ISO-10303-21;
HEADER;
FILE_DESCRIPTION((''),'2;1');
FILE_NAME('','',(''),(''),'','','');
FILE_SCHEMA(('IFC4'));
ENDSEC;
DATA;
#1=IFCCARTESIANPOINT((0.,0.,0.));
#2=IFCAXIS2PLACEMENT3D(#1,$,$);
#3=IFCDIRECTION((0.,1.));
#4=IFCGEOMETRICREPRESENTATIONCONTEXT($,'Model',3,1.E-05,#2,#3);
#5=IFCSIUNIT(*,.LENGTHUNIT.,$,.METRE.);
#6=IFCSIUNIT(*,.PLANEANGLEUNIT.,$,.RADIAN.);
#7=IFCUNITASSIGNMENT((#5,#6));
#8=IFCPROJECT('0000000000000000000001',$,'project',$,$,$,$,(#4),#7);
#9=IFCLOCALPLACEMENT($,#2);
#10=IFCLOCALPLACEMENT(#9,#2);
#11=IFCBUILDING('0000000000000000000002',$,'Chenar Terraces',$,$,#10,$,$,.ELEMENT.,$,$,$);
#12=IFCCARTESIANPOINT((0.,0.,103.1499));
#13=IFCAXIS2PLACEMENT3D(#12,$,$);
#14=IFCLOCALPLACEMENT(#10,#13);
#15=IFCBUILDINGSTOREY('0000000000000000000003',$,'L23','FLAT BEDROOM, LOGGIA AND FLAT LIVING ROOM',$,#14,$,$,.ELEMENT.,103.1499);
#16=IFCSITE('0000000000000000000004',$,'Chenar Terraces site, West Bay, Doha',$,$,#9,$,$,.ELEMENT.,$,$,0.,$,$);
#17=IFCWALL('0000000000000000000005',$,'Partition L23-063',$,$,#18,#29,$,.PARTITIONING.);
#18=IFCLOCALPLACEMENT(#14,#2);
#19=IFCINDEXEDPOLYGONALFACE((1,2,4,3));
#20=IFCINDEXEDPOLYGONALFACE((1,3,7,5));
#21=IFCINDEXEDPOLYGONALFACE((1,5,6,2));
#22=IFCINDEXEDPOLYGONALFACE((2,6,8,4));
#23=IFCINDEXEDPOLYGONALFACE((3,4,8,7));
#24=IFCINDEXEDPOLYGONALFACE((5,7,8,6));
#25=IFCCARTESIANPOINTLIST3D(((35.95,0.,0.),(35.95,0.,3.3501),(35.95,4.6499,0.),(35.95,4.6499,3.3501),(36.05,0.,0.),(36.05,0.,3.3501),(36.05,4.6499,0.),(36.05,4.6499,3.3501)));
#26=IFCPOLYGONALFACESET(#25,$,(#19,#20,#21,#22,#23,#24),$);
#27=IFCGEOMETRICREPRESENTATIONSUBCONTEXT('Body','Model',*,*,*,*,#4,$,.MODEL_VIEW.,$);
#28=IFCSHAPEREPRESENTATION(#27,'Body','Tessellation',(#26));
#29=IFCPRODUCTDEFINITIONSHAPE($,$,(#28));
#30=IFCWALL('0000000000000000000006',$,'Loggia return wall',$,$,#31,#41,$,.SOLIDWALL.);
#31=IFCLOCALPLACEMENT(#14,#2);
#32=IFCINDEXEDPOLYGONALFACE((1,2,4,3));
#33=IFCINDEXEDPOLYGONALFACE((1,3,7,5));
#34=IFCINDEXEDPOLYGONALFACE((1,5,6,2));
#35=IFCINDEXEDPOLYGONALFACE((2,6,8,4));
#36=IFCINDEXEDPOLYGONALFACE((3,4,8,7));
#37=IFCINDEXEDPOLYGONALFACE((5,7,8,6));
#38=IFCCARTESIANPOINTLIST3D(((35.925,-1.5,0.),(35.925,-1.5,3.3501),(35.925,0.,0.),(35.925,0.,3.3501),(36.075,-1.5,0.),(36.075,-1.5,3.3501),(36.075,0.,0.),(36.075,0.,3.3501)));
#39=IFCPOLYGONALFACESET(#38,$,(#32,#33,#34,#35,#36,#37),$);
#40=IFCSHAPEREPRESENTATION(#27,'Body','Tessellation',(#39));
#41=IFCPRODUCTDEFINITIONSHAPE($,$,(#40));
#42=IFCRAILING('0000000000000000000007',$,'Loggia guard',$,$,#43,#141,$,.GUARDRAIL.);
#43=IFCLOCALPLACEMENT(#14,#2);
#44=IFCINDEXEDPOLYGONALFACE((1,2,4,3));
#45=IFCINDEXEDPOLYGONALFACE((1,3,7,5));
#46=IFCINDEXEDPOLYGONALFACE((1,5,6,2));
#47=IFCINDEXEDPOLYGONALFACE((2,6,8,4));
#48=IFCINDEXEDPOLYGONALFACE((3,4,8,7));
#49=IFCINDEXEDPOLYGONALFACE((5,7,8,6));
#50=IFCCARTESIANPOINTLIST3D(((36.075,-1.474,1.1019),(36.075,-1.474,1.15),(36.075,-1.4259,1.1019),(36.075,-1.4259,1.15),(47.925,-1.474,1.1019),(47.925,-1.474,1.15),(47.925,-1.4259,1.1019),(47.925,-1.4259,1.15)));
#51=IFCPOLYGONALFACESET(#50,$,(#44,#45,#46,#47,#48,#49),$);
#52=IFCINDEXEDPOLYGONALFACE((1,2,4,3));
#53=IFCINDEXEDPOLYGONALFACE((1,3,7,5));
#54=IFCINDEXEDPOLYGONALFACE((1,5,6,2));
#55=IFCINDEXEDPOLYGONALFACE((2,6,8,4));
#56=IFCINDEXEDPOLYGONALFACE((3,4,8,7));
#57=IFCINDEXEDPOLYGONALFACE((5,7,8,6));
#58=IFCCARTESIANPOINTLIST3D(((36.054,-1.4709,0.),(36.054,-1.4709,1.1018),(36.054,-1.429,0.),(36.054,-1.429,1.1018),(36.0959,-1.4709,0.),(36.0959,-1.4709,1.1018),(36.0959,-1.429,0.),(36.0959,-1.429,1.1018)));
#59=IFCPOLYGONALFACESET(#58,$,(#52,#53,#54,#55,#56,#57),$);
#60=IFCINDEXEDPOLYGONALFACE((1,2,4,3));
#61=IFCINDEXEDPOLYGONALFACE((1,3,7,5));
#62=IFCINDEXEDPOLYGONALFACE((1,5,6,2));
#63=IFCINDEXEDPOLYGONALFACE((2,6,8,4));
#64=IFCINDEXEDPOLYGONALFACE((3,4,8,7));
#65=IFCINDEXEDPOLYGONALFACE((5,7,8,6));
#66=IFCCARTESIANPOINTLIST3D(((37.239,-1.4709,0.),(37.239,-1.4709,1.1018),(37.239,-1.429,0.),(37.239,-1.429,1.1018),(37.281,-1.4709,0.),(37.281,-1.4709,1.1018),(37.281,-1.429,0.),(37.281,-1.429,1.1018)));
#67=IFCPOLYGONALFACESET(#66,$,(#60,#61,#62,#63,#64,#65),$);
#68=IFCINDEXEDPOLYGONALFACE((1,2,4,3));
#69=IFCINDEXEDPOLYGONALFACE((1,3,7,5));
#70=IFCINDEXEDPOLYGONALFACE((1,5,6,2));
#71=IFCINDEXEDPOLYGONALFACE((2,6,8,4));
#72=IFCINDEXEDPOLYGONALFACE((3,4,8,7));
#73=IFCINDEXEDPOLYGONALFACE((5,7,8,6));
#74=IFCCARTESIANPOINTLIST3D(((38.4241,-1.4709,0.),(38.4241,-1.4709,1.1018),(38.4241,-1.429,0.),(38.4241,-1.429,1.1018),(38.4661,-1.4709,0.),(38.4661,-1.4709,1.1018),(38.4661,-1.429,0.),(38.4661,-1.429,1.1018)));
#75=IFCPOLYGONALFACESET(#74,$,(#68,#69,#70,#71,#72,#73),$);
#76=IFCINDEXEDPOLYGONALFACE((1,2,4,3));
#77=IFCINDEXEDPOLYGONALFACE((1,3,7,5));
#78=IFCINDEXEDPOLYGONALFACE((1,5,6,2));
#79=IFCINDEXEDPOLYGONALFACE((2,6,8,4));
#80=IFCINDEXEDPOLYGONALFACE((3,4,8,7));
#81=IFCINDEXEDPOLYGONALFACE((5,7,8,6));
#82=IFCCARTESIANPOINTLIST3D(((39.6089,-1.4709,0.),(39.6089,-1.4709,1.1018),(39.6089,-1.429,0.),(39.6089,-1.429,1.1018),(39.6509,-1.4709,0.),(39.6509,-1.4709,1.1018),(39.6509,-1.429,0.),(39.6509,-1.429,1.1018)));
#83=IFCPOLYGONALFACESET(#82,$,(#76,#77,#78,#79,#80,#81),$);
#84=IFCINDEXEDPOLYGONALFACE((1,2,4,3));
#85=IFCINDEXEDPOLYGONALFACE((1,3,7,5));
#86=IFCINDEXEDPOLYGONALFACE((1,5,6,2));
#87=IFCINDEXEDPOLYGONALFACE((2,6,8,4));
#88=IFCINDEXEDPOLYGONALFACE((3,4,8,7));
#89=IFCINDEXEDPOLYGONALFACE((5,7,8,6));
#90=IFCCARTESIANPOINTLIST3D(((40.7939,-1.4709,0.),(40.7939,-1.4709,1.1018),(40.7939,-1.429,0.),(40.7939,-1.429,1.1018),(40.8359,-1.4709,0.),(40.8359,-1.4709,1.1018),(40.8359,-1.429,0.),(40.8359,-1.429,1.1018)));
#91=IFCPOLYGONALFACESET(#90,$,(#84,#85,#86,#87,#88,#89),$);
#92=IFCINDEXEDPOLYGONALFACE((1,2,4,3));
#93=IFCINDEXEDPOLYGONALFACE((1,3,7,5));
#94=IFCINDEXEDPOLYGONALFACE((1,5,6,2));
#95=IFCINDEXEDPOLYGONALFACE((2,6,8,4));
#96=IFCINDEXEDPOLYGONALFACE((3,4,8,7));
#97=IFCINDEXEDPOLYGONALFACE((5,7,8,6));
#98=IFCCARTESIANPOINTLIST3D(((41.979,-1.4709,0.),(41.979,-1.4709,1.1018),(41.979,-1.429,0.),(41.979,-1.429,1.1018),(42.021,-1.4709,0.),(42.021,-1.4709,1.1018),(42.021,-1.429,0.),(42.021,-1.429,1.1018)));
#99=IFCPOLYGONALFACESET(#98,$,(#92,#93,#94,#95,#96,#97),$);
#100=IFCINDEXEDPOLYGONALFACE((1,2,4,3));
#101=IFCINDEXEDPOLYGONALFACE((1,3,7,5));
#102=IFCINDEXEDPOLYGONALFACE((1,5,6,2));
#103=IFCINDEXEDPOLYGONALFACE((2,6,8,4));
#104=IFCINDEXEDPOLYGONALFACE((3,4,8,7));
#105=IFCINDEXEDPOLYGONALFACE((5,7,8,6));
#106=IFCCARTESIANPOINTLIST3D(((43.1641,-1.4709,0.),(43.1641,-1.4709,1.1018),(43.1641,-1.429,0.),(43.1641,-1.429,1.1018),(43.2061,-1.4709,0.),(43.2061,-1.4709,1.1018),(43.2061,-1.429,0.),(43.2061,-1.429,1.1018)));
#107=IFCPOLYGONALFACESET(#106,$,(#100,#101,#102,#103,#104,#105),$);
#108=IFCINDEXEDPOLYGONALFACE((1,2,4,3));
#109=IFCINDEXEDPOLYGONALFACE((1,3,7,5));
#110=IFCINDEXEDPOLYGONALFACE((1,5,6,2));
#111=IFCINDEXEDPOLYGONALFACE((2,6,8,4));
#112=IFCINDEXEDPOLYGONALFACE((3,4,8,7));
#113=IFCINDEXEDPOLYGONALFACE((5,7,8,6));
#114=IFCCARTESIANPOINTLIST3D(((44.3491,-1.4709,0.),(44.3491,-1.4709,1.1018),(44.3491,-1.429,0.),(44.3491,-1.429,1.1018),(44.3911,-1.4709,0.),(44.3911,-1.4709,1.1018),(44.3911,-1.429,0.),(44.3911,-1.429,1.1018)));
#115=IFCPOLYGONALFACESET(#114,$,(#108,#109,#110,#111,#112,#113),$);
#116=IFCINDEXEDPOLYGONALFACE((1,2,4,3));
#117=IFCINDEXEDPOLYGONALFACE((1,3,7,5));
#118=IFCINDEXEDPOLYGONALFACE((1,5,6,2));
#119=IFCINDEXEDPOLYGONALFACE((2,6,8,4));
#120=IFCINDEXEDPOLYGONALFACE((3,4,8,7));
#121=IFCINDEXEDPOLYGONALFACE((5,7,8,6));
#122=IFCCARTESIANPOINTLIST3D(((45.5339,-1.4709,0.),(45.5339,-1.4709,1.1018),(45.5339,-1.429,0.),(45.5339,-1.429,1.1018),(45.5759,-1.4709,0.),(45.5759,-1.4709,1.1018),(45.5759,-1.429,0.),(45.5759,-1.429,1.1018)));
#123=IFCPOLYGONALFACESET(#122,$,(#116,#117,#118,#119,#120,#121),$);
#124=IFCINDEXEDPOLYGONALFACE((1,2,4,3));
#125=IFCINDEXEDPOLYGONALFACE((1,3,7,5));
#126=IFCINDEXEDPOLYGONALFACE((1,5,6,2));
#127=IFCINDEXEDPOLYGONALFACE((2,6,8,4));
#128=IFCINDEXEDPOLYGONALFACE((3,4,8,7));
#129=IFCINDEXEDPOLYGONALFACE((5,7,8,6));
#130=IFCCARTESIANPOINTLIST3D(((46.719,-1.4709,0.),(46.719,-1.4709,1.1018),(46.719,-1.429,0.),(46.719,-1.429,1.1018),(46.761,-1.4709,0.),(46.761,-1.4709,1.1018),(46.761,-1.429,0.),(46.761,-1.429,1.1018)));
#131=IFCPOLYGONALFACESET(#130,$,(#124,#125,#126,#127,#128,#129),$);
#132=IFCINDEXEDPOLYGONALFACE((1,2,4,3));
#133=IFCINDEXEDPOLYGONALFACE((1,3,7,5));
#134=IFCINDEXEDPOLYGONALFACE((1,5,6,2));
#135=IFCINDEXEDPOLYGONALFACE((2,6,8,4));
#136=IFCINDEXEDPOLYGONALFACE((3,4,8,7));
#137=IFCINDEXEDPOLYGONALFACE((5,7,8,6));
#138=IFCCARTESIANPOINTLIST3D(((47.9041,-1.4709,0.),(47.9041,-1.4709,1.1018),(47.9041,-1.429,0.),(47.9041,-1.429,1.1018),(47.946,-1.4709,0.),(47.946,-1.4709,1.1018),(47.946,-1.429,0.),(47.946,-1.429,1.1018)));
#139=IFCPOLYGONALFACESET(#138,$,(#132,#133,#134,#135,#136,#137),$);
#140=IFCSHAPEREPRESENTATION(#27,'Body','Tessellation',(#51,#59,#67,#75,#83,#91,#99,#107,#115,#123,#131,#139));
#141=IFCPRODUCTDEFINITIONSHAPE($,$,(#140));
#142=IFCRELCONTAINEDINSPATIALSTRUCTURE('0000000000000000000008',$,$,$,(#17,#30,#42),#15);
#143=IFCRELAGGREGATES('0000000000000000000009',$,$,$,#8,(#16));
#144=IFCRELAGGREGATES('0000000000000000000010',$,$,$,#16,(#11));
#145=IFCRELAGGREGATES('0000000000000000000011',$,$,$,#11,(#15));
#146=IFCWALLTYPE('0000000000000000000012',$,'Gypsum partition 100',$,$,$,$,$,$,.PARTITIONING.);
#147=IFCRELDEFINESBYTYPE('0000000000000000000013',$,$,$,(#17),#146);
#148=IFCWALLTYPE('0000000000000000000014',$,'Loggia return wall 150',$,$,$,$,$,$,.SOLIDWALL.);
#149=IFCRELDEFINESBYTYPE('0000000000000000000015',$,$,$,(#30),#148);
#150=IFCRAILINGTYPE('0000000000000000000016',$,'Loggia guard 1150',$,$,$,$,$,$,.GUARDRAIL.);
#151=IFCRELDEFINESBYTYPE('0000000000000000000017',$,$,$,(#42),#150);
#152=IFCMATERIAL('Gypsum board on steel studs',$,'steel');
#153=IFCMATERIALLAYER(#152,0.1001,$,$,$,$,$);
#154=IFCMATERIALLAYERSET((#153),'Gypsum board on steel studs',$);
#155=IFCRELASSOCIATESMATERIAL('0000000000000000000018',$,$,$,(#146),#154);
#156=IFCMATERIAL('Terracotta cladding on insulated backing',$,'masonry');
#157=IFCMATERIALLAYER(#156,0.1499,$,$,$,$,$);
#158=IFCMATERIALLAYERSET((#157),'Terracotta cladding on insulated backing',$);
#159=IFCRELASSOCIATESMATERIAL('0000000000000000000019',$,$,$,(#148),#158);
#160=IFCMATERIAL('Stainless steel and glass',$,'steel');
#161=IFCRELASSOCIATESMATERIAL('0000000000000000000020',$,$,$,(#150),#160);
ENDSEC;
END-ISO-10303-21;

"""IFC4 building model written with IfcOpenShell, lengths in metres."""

from ifc_helpers import new_model, si_unit, direction, frame, frame_2d, origin, origin_2d, place, context, subcontext, project, spatial, rectangle, extrude, material, layer, layer_set, type_object, element, save


model = new_model("IFC4")

# Units and contexts
model_context = context("Model", 3, precision=1e-05, world=origin(), true_north=direction((0.0, 1.0)))
body_context = subcontext(model_context, "Body", "Model", "MODEL_VIEW")
ifc_project = project(units=[si_unit("LENGTHUNIT", "METRE"), si_unit("PLANEANGLEUNIT", "RADIAN")], contexts=[model_context])

# Site, building, storey
site_placement = place(None, origin())
site = spatial("IfcSite", under=ifc_project, at=site_placement, Name="Chenar Terraces site, West Bay, Doha", CompositionType="ELEMENT", RefElevation=0.0)
building_placement = place(site_placement, origin())
building = spatial("IfcBuilding", under=site, at=building_placement, Name="Chenar Terraces", CompositionType="ELEMENT")
storey_placement = place(building_placement, frame((0.0, 0.0, 103.1499)))
storey = spatial("IfcBuildingStorey", under=building, at=storey_placement, Name="L23", Description="FLAT BEDROOM, LOGGIA AND FLAT LIVING ROOM", CompositionType="ELEMENT", Elevation=103.1499)

# Shared definitions
ifc_material_1 = material(Name="Gypsum board on steel studs", Category="steel")
ifc_layer_1 = layer(ifc_material_1, 0.1001)
ifc_layer_set_1 = layer_set([ifc_layer_1], Name="Gypsum board on steel studs")
wall_type_1 = type_object("IfcWallType", Name="Gypsum partition 100", PredefinedType="PARTITIONING", material=ifc_layer_set_1)

# Walls
wall_1_placement = place(storey_placement, frame((36.0, 0.0, 0.0), z_axis=(0.0, 0.0, 1.0), x_axis=(0.0, 1.0, 0.0)))
element("IfcWall", 1, at=wall_1_placement, inside=storey, type_object=wall_type_1, Name="Partition L23-063", PredefinedType="PARTITIONING", context=body_context, shape_type="SweptSolid", body=[
    extrude(rectangle(XDim=4.6499, YDim=0.1001, at=frame_2d((2.325, 0.0))), origin(), (0.0, 0.0, 1.0), 3.3501),
])
ifc_material_2 = material(Name="Terracotta cladding on insulated backing", Category="masonry")
ifc_layer_2 = layer(ifc_material_2, 0.1499)
ifc_layer_set_2 = layer_set([ifc_layer_2], Name="Terracotta cladding on insulated backing")
wall_type_2 = type_object("IfcWallType", Name="Loggia return wall 150", PredefinedType="SOLIDWALL", material=ifc_layer_set_2)
wall_2_placement = place(storey_placement, frame((36.0, -1.5, 0.0), z_axis=(0.0, 0.0, 1.0), x_axis=(0.0, 1.0, 0.0)))
element("IfcWall", 2, at=wall_2_placement, inside=storey, type_object=wall_type_2, Name="Loggia return wall", PredefinedType="SOLIDWALL", context=body_context, shape_type="SweptSolid", body=[
    extrude(rectangle(XDim=1.5, YDim=0.1499, at=frame_2d((0.75, 0.0))), origin(), (0.0, 0.0, 1.0), 3.3501),
])

# Railing
ifc_material_3 = material(Name="Stainless steel and glass", Category="steel")
railing_type = type_object("IfcRailingType", Name="Loggia guard 1150", PredefinedType="GUARDRAIL", material=ifc_material_3)
railing_placement = place(storey_placement, frame((36.075, -1.45, 0.0)))
element("IfcRailing", 3, at=railing_placement, inside=storey, type_object=railing_type, Name="Loggia guard", PredefinedType="GUARDRAIL", context=body_context, shape_type="SweptSolid", body=[
    extrude(rectangle(XDim=0.0481, YDim=0.0481, at=origin_2d()), frame((0.0, 0.0, 1.126), z_axis=(1.0, 0.0, 0.0), x_axis=(0.0, 1.0, 0.0)), (0.0, 0.0, 1.0), 11.8501),
    extrude(rectangle(XDim=0.042, YDim=0.042, at=origin_2d()), origin(), (0.0, 0.0, 1.0), 1.1018),
    extrude(rectangle(XDim=0.042, YDim=0.042, at=origin_2d()), frame((1.1851, 0.0, 0.0)), (0.0, 0.0, 1.0), 1.1018),
    extrude(rectangle(XDim=0.042, YDim=0.042, at=origin_2d()), frame((2.3701, 0.0, 0.0)), (0.0, 0.0, 1.0), 1.1018),
    extrude(rectangle(XDim=0.042, YDim=0.042, at=origin_2d()), frame((3.5549, 0.0, 0.0)), (0.0, 0.0, 1.0), 1.1018),
    extrude(rectangle(XDim=0.042, YDim=0.042, at=origin_2d()), frame((4.74, 0.0, 0.0)), (0.0, 0.0, 1.0), 1.1018),
    extrude(rectangle(XDim=0.042, YDim=0.042, at=origin_2d()), frame((5.925, 0.0, 0.0)), (0.0, 0.0, 1.0), 1.1018),
    extrude(rectangle(XDim=0.042, YDim=0.042, at=origin_2d()), frame((7.1101, 0.0, 0.0)), (0.0, 0.0, 1.0), 1.1018),
    extrude(rectangle(XDim=0.042, YDim=0.042, at=origin_2d()), frame((8.2952, 0.0, 0.0)), (0.0, 0.0, 1.0), 1.1018),
    extrude(rectangle(XDim=0.042, YDim=0.042, at=origin_2d()), frame((9.48, 0.0, 0.0)), (0.0, 0.0, 1.0), 1.1018),
    extrude(rectangle(XDim=0.042, YDim=0.042, at=origin_2d()), frame((10.665, 0.0, 0.0)), (0.0, 0.0, 1.0), 1.1018),
    extrude(rectangle(XDim=0.042, YDim=0.042, at=origin_2d()), frame((11.8501, 0.0, 0.0)), (0.0, 0.0, 1.0), 1.1018),
])

save(model, "model.ifc")
